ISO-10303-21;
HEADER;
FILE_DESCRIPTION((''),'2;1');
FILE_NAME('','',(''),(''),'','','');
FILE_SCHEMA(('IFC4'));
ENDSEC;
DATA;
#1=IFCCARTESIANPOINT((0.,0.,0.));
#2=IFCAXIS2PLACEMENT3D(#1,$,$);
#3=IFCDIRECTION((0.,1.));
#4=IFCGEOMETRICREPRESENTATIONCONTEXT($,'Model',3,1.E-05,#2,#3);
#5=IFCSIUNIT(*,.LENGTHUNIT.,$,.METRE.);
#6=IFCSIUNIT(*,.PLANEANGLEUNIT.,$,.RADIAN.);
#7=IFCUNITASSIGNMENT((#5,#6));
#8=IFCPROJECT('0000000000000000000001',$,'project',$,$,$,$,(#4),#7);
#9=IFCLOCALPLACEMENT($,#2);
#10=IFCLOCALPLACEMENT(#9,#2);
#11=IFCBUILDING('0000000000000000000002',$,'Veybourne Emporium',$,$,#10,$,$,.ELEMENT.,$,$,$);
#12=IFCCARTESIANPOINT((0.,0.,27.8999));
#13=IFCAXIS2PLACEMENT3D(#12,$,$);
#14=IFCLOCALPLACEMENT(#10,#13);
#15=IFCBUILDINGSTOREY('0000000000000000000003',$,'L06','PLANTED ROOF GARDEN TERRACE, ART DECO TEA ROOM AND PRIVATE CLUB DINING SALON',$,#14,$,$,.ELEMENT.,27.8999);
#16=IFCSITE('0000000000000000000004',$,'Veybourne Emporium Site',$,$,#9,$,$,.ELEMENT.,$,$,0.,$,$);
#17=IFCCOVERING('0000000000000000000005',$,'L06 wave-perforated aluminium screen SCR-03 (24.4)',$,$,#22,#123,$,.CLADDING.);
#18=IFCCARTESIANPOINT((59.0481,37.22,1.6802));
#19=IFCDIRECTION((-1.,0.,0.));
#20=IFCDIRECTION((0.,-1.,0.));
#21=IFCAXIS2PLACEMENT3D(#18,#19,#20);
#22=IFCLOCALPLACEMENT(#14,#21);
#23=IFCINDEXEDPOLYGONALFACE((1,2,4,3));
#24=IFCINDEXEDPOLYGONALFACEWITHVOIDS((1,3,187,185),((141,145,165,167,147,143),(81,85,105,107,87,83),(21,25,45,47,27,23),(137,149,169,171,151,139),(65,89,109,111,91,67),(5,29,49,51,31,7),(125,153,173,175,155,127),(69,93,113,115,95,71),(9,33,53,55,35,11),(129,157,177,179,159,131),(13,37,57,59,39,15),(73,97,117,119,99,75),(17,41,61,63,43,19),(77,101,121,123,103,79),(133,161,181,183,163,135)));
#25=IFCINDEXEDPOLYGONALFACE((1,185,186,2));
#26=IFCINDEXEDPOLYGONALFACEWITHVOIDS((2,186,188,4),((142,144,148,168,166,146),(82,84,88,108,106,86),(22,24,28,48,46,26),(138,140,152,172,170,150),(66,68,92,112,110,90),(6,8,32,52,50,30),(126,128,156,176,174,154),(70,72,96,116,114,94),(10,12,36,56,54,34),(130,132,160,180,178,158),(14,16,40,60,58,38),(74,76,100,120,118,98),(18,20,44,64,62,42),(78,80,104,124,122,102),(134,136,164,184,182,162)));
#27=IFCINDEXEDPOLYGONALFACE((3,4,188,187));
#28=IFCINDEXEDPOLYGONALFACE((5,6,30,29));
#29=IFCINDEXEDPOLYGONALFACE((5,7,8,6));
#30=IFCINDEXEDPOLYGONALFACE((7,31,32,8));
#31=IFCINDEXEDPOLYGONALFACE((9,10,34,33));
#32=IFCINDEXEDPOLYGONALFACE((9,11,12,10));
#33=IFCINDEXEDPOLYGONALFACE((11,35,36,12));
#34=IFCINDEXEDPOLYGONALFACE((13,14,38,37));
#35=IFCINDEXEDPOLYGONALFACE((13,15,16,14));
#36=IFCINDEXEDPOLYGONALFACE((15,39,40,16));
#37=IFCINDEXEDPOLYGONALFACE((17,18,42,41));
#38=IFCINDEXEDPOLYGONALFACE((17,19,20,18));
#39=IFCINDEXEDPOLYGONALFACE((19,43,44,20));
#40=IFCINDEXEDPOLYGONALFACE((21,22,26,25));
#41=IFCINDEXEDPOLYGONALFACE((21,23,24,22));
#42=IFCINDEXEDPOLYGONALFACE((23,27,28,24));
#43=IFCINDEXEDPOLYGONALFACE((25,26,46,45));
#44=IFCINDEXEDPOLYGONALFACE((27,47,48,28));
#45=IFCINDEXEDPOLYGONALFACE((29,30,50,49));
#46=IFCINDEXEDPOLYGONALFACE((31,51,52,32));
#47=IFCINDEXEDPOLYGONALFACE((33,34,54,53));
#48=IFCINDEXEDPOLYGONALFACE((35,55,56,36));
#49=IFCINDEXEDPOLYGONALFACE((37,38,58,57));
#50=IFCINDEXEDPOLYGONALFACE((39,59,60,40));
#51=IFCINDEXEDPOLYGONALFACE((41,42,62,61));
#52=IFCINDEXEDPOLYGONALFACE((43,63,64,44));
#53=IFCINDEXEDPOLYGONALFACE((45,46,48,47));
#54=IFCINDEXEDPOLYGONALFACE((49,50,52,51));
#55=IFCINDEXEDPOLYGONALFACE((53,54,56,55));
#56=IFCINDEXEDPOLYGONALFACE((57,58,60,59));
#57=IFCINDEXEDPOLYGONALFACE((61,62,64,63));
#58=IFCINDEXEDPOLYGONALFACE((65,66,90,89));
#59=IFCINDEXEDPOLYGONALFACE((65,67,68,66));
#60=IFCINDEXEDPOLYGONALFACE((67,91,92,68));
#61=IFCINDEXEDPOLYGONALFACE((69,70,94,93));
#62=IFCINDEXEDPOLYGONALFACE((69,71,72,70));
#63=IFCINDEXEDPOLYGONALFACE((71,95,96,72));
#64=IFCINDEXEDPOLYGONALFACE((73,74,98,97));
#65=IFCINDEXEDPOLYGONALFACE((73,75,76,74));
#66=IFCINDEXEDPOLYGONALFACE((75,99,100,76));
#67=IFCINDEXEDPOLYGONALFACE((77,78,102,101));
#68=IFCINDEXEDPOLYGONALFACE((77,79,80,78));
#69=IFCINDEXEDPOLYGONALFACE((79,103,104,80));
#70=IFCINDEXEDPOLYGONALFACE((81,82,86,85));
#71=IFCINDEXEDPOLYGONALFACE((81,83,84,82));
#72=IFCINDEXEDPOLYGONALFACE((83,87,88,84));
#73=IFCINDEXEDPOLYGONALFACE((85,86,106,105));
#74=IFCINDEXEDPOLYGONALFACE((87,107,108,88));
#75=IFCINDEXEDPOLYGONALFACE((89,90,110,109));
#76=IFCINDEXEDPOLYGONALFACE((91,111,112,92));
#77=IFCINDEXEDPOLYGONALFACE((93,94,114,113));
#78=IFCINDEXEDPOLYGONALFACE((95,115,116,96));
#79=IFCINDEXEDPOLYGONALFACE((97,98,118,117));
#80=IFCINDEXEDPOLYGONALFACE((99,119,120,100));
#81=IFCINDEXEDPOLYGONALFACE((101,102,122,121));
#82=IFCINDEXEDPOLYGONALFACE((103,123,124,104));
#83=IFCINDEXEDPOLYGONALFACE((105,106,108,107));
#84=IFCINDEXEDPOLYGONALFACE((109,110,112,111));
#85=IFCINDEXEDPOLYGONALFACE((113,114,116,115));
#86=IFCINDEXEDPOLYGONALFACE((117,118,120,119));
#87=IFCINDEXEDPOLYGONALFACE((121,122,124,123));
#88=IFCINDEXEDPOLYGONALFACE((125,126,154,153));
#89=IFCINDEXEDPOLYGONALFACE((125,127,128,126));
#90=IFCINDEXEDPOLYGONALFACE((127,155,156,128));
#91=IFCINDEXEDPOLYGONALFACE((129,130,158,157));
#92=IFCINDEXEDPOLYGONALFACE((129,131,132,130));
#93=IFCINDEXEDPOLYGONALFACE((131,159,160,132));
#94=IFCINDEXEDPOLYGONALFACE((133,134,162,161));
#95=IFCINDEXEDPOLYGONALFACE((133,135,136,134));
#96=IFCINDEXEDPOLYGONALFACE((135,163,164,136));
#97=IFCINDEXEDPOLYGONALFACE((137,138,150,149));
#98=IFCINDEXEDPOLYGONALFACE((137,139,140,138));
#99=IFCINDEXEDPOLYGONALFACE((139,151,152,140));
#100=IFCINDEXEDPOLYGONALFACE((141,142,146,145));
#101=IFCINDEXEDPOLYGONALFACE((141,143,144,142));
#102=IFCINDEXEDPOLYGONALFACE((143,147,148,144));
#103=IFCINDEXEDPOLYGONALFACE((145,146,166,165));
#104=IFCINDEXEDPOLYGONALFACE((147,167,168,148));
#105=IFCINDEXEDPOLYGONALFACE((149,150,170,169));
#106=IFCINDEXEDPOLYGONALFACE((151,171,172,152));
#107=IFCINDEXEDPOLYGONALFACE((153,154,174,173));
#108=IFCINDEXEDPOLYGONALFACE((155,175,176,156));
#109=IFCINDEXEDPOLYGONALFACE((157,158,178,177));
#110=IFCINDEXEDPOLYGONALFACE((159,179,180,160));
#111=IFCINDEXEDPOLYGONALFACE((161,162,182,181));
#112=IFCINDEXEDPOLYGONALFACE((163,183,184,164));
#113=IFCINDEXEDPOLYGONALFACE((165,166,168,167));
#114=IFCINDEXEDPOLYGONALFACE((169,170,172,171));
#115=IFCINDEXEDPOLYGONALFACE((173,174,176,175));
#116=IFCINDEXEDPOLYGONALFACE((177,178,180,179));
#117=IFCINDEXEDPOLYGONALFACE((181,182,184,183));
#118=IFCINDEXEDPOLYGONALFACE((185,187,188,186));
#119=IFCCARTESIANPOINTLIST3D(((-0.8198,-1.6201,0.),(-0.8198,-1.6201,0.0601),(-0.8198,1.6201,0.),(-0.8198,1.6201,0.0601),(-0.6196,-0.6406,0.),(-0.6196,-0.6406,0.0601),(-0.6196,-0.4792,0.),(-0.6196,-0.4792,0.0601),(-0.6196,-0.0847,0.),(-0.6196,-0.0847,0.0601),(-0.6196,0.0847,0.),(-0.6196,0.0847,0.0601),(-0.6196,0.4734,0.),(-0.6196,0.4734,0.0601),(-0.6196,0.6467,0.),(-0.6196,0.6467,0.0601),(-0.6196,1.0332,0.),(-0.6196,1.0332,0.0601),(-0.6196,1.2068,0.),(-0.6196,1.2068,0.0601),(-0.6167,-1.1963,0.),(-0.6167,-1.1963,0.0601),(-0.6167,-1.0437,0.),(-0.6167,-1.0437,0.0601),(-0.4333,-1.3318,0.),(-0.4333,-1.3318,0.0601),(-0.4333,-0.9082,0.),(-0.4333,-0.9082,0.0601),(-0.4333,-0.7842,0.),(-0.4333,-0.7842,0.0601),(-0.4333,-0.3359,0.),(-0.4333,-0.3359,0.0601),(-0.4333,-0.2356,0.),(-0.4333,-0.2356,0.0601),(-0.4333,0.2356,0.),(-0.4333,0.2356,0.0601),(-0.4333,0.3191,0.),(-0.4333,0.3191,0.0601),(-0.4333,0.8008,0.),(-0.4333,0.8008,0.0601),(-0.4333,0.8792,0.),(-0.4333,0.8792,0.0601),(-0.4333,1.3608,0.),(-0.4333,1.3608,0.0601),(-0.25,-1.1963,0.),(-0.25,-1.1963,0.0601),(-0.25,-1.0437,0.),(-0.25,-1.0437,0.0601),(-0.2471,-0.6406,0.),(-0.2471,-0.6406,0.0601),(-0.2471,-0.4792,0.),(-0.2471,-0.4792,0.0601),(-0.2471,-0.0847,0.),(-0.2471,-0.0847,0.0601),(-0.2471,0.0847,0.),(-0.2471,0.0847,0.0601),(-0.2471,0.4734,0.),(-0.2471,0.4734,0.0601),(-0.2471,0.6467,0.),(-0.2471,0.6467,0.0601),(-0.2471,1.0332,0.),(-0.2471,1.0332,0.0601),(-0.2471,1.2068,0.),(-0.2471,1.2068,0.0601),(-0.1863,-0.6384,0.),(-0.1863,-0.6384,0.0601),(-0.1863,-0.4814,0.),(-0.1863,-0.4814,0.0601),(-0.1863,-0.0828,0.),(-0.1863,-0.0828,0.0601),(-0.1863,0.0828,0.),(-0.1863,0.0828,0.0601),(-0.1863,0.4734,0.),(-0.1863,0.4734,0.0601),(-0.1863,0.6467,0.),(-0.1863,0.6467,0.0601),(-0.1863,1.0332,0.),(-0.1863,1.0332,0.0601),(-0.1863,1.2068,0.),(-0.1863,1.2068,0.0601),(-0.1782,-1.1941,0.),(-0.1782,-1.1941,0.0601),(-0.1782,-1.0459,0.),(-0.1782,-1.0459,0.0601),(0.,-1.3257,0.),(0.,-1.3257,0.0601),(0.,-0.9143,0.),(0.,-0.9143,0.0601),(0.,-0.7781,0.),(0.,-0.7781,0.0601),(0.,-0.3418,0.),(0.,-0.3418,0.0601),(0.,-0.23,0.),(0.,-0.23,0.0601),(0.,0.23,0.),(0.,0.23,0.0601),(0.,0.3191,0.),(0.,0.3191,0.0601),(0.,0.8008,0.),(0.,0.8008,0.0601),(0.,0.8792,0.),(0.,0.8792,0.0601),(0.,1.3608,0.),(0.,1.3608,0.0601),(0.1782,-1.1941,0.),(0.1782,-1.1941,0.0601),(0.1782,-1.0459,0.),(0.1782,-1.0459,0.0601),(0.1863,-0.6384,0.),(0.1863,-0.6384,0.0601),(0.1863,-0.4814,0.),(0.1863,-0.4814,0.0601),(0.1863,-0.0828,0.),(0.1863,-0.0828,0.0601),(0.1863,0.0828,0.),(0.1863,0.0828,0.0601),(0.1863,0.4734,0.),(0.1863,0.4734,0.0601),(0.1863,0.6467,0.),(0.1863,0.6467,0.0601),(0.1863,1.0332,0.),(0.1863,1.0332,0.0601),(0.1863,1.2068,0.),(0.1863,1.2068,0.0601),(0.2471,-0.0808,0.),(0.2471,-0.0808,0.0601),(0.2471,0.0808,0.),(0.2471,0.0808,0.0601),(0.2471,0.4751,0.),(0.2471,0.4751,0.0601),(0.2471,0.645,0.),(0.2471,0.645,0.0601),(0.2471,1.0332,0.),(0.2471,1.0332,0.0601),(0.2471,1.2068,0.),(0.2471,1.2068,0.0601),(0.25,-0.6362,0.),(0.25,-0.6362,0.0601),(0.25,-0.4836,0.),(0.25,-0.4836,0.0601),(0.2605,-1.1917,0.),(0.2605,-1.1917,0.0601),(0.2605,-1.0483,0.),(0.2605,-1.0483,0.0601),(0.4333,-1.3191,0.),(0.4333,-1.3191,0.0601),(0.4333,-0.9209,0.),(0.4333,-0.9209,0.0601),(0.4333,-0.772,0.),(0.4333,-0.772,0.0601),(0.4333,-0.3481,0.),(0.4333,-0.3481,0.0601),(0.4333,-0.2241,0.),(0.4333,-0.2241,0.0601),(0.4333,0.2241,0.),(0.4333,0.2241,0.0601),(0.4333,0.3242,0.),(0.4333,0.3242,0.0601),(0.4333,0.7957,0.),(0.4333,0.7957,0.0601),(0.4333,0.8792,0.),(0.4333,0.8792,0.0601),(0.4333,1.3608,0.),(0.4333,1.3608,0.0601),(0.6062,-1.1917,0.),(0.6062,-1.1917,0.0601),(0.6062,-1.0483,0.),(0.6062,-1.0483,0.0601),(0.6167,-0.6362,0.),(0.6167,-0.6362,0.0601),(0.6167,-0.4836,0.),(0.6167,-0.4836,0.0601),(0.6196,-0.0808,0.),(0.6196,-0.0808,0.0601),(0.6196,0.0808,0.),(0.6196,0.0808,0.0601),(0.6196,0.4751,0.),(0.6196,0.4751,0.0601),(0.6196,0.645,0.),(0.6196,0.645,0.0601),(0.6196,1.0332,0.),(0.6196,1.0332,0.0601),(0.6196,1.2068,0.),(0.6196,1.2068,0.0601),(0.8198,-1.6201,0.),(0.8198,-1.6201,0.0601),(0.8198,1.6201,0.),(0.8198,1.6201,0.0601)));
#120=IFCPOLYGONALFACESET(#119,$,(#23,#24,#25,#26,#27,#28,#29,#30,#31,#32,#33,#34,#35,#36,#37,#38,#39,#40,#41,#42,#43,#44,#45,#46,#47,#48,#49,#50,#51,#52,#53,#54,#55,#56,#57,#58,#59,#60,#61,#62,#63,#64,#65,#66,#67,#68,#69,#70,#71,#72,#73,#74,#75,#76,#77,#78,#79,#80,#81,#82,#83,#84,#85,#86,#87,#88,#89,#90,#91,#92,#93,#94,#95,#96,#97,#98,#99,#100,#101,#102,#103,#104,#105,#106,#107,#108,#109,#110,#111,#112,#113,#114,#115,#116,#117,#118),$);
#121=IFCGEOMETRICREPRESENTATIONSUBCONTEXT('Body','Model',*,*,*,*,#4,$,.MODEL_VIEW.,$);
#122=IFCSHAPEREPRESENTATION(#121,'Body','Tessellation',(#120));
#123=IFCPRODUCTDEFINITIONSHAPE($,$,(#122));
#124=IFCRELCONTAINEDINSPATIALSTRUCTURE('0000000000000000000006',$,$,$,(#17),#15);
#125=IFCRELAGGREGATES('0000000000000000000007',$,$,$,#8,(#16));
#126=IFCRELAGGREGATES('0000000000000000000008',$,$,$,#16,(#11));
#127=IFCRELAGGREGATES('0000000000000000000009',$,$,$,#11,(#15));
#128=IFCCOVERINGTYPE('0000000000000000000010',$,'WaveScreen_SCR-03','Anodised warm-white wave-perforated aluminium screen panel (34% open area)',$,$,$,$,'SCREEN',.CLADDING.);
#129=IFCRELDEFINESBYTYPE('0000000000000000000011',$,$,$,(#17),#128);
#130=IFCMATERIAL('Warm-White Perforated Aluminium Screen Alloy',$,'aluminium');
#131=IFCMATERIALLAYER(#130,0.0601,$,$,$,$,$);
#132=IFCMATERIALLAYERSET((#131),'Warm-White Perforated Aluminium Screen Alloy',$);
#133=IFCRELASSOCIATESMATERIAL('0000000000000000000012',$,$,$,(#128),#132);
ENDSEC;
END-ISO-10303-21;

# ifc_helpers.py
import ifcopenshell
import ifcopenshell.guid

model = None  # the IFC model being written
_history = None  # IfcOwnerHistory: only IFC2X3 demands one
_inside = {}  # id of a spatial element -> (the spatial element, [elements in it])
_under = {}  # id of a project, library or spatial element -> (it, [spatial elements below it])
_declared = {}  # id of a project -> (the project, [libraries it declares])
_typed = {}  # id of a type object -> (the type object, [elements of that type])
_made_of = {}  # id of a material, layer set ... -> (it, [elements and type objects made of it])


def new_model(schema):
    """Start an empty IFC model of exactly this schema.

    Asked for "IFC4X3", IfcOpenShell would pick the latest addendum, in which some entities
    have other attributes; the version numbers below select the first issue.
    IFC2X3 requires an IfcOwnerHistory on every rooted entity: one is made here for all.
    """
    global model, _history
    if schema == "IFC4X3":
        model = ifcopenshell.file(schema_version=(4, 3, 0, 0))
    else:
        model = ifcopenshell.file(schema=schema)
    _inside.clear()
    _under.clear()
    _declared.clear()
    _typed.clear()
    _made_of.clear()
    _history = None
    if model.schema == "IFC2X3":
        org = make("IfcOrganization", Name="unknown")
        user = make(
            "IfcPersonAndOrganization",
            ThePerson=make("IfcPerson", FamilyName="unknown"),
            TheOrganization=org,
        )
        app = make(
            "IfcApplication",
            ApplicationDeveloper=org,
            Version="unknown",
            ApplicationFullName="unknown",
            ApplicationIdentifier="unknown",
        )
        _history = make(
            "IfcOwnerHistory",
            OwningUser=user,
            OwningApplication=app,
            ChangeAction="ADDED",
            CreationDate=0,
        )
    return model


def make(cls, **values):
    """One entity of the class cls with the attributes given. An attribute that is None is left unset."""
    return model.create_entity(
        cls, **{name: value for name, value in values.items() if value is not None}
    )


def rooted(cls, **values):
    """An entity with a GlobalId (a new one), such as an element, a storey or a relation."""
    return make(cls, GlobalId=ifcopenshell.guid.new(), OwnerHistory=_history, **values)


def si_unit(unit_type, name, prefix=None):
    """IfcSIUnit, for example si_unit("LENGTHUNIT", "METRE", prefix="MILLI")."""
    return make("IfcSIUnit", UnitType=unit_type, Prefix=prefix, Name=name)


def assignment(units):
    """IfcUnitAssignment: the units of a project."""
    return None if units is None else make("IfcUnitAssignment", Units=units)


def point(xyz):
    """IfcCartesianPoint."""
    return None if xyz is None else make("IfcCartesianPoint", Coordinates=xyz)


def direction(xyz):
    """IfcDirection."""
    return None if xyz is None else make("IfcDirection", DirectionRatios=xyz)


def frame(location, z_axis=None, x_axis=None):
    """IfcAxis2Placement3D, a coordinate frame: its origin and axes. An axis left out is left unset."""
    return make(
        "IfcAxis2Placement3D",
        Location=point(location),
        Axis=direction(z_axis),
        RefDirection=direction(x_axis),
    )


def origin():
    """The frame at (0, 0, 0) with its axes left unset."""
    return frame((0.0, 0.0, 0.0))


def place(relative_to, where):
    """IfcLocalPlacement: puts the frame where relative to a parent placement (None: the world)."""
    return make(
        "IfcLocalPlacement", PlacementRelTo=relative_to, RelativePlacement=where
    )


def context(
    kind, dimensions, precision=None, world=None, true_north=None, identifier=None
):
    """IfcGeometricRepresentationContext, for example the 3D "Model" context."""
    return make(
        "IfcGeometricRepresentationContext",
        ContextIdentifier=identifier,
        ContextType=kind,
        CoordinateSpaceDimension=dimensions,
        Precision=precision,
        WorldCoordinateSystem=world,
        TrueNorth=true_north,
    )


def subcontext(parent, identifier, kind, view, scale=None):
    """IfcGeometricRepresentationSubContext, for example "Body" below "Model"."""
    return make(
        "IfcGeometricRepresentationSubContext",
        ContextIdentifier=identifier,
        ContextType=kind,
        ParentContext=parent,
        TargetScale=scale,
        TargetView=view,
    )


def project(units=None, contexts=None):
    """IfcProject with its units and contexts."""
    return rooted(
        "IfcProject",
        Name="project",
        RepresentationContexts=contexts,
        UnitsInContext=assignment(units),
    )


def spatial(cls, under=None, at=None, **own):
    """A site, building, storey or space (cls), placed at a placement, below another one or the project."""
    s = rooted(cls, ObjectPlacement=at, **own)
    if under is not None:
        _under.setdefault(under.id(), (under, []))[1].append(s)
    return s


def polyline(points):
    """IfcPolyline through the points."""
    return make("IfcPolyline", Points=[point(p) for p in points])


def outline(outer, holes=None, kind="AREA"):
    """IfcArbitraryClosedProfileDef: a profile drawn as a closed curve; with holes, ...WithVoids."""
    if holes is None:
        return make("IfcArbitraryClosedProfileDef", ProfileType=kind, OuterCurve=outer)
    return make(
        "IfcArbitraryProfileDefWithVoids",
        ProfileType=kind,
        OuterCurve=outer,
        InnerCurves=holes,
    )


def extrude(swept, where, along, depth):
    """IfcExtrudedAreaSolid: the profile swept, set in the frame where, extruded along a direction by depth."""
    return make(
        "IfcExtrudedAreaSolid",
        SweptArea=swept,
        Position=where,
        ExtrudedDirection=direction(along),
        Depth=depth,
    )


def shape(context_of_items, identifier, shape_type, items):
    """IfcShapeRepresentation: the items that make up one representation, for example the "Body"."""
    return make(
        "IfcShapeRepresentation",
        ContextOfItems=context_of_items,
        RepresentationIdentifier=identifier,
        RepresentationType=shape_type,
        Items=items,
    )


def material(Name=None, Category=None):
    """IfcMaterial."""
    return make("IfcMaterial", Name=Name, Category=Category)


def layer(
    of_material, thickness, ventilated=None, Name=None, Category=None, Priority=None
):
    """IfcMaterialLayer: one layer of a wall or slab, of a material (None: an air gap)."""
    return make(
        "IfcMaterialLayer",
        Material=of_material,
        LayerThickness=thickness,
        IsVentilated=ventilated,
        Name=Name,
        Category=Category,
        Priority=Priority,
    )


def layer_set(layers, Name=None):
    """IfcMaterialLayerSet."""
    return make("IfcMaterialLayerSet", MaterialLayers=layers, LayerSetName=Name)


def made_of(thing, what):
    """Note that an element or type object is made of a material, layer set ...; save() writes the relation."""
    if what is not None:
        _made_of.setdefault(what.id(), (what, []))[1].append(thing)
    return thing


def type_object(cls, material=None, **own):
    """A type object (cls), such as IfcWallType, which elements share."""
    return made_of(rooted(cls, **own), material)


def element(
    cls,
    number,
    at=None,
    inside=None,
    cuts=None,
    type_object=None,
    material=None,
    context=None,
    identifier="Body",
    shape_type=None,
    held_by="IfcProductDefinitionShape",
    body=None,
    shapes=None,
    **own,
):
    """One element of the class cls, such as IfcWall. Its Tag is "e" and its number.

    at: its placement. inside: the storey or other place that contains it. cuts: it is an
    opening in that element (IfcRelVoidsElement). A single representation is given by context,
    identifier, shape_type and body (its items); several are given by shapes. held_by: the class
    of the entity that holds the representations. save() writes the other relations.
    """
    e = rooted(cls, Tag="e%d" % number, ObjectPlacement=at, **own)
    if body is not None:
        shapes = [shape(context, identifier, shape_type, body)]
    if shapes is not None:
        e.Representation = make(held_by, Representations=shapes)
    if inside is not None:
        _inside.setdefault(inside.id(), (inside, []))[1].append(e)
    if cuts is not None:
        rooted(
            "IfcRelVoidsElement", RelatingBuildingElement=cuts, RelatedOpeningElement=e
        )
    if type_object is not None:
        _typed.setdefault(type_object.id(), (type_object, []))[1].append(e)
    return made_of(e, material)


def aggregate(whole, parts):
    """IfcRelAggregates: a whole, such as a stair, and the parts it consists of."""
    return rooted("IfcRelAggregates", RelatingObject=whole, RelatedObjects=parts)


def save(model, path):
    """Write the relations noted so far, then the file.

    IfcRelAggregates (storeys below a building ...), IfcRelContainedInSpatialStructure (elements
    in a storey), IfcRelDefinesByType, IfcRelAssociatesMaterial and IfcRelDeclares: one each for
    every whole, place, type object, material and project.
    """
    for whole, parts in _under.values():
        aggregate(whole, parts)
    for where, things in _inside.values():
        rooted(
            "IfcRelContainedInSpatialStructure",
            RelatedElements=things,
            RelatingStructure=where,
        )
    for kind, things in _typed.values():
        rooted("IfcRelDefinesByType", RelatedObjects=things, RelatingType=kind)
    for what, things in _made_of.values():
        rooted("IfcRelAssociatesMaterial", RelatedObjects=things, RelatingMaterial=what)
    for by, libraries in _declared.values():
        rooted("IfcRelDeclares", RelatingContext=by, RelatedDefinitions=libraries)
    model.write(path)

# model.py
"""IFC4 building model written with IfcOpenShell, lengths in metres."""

from ifc_helpers import new_model, si_unit, direction, frame, origin, place, context, subcontext, project, spatial, polyline, outline, extrude, material, layer, layer_set, type_object, element, save


model = new_model("IFC4")

# Units and contexts
model_context = context("Model", 3, precision=1e-05, world=origin(), true_north=direction((0.0, 1.0)))
body_context = subcontext(model_context, "Body", "Model", "MODEL_VIEW")
ifc_project = project(units=[si_unit("LENGTHUNIT", "METRE"), si_unit("PLANEANGLEUNIT", "RADIAN")], contexts=[model_context])

# Site, building, storey
site_placement = place(None, origin())
site = spatial("IfcSite", under=ifc_project, at=site_placement, Name="Veybourne Emporium Site", CompositionType="ELEMENT", RefElevation=0.0)
building_placement = place(site_placement, origin())
building = spatial("IfcBuilding", under=site, at=building_placement, Name="Veybourne Emporium", CompositionType="ELEMENT")
storey_placement = place(building_placement, frame((0.0, 0.0, 27.8999)))
storey = spatial("IfcBuildingStorey", under=building, at=storey_placement, Name="L06", Description="PLANTED ROOF GARDEN TERRACE, ART DECO TEA ROOM AND PRIVATE CLUB DINING SALON", CompositionType="ELEMENT", Elevation=27.8999)

# Covering
ifc_material_1 = material(Name="Warm-White Perforated Aluminium Screen Alloy", Category="aluminium")
ifc_layer_1 = layer(ifc_material_1, 0.0601)
ifc_layer_set_1 = layer_set([ifc_layer_1], Name="Warm-White Perforated Aluminium Screen Alloy")
covering_type_1 = type_object("IfcCoveringType", Name="WaveScreen_SCR-03", Description="Anodised warm-white wave-perforated aluminium screen panel (34% open area)", ElementType="SCREEN", PredefinedType="CLADDING", material=ifc_layer_set_1)
covering_1_placement = place(storey_placement, frame((59.0481, 37.22, 1.6802), z_axis=(-1.0, 0.0, 0.0), x_axis=(0.0, -1.0, 0.0)))
element("IfcCovering", 1, at=covering_1_placement, inside=storey, type_object=covering_type_1, Name="L06 wave-perforated aluminium screen SCR-03 (24.4)", PredefinedType="CLADDING", context=body_context, shape_type="SweptSolid", body=[
    extrude(outline(polyline([(-0.8198, -1.6201), (0.8198, -1.6201), (0.8198, 1.6201), (-0.8198, 1.6201), (-0.8198, -1.6201)]), holes=[polyline([(-0.4333, -0.9082), (-0.25, -1.0437), (-0.25, -1.1963), (-0.4333, -1.3318), (-0.6167, -1.1963), (-0.6167, -1.0437), (-0.4333, -0.9082)]), polyline([(-0.4333, -0.3359), (-0.2471, -0.4792), (-0.2471, -0.6406), (-0.4333, -0.7842), (-0.6196, -0.6406), (-0.6196, -0.4792), (-0.4333, -0.3359)]), polyline([(-0.4333, 0.2356), (-0.2471, 0.0847), (-0.2471, -0.0847), (-0.4333, -0.2356), (-0.6196, -0.0847), (-0.6196, 0.0847), (-0.4333, 0.2356)]), polyline([(-0.4333, 0.8008), (-0.2471, 0.6467), (-0.2471, 0.4734), (-0.4333, 0.3191), (-0.6196, 0.4734), (-0.6196, 0.6467), (-0.4333, 0.8008)]), polyline([(-0.4333, 1.3608), (-0.2471, 1.2068), (-0.2471, 1.0332), (-0.4333, 0.8792), (-0.6196, 1.0332), (-0.6196, 1.2068), (-0.4333, 1.3608)]), polyline([(0.0, -0.9143), (0.1782, -1.0459), (0.1782, -1.1941), (0.0, -1.3257), (-0.1782, -1.1941), (-0.1782, -1.0459), (0.0, -0.9143)]), polyline([(0.0, -0.3418), (0.1863, -0.4814), (0.1863, -0.6384), (0.0, -0.7781), (-0.1863, -0.6384), (-0.1863, -0.4814), (0.0, -0.3418)]), polyline([(0.0, 0.23), (0.1863, 0.0828), (0.1863, -0.0828), (0.0, -0.23), (-0.1863, -0.0828), (-0.1863, 0.0828), (0.0, 0.23)]), polyline([(0.0, 0.8008), (0.1863, 0.6467), (0.1863, 0.4734), (0.0, 0.3191), (-0.1863, 0.4734), (-0.1863, 0.6467), (0.0, 0.8008)]), polyline([(0.0, 1.3608), (0.1863, 1.2068), (0.1863, 1.0332), (0.0, 0.8792), (-0.1863, 1.0332), (-0.1863, 1.2068), (0.0, 1.3608)]), polyline([(0.4333, -0.9209), (0.6062, -1.0483), (0.6062, -1.1917), (0.4333, -1.3191), (0.2605, -1.1917), (0.2605, -1.0483), (0.4333, -0.9209)]), polyline([(0.4333, -0.3481), (0.6167, -0.4836), (0.6167, -0.6362), (0.4333, -0.772), (0.25, -0.6362), (0.25, -0.4836), (0.4333, -0.3481)]), polyline([(0.4333, 0.2241), (0.6196, 0.0808), (0.6196, -0.0808), (0.4333, -0.2241), (0.2471, -0.0808), (0.2471, 0.0808), (0.4333, 0.2241)]), polyline([(0.4333, 0.7957), (0.6196, 0.645), (0.6196, 0.4751), (0.4333, 0.3242), (0.2471, 0.4751), (0.2471, 0.645), (0.4333, 0.7957)]), polyline([(0.4333, 1.3608), (0.6196, 1.2068), (0.6196, 1.0332), (0.4333, 0.8792), (0.2471, 1.0332), (0.2471, 1.2068), (0.4333, 1.3608)])]), origin(), (0.0, 0.0, 1.0), 0.0601),
])

save(model, "model.ifc")
